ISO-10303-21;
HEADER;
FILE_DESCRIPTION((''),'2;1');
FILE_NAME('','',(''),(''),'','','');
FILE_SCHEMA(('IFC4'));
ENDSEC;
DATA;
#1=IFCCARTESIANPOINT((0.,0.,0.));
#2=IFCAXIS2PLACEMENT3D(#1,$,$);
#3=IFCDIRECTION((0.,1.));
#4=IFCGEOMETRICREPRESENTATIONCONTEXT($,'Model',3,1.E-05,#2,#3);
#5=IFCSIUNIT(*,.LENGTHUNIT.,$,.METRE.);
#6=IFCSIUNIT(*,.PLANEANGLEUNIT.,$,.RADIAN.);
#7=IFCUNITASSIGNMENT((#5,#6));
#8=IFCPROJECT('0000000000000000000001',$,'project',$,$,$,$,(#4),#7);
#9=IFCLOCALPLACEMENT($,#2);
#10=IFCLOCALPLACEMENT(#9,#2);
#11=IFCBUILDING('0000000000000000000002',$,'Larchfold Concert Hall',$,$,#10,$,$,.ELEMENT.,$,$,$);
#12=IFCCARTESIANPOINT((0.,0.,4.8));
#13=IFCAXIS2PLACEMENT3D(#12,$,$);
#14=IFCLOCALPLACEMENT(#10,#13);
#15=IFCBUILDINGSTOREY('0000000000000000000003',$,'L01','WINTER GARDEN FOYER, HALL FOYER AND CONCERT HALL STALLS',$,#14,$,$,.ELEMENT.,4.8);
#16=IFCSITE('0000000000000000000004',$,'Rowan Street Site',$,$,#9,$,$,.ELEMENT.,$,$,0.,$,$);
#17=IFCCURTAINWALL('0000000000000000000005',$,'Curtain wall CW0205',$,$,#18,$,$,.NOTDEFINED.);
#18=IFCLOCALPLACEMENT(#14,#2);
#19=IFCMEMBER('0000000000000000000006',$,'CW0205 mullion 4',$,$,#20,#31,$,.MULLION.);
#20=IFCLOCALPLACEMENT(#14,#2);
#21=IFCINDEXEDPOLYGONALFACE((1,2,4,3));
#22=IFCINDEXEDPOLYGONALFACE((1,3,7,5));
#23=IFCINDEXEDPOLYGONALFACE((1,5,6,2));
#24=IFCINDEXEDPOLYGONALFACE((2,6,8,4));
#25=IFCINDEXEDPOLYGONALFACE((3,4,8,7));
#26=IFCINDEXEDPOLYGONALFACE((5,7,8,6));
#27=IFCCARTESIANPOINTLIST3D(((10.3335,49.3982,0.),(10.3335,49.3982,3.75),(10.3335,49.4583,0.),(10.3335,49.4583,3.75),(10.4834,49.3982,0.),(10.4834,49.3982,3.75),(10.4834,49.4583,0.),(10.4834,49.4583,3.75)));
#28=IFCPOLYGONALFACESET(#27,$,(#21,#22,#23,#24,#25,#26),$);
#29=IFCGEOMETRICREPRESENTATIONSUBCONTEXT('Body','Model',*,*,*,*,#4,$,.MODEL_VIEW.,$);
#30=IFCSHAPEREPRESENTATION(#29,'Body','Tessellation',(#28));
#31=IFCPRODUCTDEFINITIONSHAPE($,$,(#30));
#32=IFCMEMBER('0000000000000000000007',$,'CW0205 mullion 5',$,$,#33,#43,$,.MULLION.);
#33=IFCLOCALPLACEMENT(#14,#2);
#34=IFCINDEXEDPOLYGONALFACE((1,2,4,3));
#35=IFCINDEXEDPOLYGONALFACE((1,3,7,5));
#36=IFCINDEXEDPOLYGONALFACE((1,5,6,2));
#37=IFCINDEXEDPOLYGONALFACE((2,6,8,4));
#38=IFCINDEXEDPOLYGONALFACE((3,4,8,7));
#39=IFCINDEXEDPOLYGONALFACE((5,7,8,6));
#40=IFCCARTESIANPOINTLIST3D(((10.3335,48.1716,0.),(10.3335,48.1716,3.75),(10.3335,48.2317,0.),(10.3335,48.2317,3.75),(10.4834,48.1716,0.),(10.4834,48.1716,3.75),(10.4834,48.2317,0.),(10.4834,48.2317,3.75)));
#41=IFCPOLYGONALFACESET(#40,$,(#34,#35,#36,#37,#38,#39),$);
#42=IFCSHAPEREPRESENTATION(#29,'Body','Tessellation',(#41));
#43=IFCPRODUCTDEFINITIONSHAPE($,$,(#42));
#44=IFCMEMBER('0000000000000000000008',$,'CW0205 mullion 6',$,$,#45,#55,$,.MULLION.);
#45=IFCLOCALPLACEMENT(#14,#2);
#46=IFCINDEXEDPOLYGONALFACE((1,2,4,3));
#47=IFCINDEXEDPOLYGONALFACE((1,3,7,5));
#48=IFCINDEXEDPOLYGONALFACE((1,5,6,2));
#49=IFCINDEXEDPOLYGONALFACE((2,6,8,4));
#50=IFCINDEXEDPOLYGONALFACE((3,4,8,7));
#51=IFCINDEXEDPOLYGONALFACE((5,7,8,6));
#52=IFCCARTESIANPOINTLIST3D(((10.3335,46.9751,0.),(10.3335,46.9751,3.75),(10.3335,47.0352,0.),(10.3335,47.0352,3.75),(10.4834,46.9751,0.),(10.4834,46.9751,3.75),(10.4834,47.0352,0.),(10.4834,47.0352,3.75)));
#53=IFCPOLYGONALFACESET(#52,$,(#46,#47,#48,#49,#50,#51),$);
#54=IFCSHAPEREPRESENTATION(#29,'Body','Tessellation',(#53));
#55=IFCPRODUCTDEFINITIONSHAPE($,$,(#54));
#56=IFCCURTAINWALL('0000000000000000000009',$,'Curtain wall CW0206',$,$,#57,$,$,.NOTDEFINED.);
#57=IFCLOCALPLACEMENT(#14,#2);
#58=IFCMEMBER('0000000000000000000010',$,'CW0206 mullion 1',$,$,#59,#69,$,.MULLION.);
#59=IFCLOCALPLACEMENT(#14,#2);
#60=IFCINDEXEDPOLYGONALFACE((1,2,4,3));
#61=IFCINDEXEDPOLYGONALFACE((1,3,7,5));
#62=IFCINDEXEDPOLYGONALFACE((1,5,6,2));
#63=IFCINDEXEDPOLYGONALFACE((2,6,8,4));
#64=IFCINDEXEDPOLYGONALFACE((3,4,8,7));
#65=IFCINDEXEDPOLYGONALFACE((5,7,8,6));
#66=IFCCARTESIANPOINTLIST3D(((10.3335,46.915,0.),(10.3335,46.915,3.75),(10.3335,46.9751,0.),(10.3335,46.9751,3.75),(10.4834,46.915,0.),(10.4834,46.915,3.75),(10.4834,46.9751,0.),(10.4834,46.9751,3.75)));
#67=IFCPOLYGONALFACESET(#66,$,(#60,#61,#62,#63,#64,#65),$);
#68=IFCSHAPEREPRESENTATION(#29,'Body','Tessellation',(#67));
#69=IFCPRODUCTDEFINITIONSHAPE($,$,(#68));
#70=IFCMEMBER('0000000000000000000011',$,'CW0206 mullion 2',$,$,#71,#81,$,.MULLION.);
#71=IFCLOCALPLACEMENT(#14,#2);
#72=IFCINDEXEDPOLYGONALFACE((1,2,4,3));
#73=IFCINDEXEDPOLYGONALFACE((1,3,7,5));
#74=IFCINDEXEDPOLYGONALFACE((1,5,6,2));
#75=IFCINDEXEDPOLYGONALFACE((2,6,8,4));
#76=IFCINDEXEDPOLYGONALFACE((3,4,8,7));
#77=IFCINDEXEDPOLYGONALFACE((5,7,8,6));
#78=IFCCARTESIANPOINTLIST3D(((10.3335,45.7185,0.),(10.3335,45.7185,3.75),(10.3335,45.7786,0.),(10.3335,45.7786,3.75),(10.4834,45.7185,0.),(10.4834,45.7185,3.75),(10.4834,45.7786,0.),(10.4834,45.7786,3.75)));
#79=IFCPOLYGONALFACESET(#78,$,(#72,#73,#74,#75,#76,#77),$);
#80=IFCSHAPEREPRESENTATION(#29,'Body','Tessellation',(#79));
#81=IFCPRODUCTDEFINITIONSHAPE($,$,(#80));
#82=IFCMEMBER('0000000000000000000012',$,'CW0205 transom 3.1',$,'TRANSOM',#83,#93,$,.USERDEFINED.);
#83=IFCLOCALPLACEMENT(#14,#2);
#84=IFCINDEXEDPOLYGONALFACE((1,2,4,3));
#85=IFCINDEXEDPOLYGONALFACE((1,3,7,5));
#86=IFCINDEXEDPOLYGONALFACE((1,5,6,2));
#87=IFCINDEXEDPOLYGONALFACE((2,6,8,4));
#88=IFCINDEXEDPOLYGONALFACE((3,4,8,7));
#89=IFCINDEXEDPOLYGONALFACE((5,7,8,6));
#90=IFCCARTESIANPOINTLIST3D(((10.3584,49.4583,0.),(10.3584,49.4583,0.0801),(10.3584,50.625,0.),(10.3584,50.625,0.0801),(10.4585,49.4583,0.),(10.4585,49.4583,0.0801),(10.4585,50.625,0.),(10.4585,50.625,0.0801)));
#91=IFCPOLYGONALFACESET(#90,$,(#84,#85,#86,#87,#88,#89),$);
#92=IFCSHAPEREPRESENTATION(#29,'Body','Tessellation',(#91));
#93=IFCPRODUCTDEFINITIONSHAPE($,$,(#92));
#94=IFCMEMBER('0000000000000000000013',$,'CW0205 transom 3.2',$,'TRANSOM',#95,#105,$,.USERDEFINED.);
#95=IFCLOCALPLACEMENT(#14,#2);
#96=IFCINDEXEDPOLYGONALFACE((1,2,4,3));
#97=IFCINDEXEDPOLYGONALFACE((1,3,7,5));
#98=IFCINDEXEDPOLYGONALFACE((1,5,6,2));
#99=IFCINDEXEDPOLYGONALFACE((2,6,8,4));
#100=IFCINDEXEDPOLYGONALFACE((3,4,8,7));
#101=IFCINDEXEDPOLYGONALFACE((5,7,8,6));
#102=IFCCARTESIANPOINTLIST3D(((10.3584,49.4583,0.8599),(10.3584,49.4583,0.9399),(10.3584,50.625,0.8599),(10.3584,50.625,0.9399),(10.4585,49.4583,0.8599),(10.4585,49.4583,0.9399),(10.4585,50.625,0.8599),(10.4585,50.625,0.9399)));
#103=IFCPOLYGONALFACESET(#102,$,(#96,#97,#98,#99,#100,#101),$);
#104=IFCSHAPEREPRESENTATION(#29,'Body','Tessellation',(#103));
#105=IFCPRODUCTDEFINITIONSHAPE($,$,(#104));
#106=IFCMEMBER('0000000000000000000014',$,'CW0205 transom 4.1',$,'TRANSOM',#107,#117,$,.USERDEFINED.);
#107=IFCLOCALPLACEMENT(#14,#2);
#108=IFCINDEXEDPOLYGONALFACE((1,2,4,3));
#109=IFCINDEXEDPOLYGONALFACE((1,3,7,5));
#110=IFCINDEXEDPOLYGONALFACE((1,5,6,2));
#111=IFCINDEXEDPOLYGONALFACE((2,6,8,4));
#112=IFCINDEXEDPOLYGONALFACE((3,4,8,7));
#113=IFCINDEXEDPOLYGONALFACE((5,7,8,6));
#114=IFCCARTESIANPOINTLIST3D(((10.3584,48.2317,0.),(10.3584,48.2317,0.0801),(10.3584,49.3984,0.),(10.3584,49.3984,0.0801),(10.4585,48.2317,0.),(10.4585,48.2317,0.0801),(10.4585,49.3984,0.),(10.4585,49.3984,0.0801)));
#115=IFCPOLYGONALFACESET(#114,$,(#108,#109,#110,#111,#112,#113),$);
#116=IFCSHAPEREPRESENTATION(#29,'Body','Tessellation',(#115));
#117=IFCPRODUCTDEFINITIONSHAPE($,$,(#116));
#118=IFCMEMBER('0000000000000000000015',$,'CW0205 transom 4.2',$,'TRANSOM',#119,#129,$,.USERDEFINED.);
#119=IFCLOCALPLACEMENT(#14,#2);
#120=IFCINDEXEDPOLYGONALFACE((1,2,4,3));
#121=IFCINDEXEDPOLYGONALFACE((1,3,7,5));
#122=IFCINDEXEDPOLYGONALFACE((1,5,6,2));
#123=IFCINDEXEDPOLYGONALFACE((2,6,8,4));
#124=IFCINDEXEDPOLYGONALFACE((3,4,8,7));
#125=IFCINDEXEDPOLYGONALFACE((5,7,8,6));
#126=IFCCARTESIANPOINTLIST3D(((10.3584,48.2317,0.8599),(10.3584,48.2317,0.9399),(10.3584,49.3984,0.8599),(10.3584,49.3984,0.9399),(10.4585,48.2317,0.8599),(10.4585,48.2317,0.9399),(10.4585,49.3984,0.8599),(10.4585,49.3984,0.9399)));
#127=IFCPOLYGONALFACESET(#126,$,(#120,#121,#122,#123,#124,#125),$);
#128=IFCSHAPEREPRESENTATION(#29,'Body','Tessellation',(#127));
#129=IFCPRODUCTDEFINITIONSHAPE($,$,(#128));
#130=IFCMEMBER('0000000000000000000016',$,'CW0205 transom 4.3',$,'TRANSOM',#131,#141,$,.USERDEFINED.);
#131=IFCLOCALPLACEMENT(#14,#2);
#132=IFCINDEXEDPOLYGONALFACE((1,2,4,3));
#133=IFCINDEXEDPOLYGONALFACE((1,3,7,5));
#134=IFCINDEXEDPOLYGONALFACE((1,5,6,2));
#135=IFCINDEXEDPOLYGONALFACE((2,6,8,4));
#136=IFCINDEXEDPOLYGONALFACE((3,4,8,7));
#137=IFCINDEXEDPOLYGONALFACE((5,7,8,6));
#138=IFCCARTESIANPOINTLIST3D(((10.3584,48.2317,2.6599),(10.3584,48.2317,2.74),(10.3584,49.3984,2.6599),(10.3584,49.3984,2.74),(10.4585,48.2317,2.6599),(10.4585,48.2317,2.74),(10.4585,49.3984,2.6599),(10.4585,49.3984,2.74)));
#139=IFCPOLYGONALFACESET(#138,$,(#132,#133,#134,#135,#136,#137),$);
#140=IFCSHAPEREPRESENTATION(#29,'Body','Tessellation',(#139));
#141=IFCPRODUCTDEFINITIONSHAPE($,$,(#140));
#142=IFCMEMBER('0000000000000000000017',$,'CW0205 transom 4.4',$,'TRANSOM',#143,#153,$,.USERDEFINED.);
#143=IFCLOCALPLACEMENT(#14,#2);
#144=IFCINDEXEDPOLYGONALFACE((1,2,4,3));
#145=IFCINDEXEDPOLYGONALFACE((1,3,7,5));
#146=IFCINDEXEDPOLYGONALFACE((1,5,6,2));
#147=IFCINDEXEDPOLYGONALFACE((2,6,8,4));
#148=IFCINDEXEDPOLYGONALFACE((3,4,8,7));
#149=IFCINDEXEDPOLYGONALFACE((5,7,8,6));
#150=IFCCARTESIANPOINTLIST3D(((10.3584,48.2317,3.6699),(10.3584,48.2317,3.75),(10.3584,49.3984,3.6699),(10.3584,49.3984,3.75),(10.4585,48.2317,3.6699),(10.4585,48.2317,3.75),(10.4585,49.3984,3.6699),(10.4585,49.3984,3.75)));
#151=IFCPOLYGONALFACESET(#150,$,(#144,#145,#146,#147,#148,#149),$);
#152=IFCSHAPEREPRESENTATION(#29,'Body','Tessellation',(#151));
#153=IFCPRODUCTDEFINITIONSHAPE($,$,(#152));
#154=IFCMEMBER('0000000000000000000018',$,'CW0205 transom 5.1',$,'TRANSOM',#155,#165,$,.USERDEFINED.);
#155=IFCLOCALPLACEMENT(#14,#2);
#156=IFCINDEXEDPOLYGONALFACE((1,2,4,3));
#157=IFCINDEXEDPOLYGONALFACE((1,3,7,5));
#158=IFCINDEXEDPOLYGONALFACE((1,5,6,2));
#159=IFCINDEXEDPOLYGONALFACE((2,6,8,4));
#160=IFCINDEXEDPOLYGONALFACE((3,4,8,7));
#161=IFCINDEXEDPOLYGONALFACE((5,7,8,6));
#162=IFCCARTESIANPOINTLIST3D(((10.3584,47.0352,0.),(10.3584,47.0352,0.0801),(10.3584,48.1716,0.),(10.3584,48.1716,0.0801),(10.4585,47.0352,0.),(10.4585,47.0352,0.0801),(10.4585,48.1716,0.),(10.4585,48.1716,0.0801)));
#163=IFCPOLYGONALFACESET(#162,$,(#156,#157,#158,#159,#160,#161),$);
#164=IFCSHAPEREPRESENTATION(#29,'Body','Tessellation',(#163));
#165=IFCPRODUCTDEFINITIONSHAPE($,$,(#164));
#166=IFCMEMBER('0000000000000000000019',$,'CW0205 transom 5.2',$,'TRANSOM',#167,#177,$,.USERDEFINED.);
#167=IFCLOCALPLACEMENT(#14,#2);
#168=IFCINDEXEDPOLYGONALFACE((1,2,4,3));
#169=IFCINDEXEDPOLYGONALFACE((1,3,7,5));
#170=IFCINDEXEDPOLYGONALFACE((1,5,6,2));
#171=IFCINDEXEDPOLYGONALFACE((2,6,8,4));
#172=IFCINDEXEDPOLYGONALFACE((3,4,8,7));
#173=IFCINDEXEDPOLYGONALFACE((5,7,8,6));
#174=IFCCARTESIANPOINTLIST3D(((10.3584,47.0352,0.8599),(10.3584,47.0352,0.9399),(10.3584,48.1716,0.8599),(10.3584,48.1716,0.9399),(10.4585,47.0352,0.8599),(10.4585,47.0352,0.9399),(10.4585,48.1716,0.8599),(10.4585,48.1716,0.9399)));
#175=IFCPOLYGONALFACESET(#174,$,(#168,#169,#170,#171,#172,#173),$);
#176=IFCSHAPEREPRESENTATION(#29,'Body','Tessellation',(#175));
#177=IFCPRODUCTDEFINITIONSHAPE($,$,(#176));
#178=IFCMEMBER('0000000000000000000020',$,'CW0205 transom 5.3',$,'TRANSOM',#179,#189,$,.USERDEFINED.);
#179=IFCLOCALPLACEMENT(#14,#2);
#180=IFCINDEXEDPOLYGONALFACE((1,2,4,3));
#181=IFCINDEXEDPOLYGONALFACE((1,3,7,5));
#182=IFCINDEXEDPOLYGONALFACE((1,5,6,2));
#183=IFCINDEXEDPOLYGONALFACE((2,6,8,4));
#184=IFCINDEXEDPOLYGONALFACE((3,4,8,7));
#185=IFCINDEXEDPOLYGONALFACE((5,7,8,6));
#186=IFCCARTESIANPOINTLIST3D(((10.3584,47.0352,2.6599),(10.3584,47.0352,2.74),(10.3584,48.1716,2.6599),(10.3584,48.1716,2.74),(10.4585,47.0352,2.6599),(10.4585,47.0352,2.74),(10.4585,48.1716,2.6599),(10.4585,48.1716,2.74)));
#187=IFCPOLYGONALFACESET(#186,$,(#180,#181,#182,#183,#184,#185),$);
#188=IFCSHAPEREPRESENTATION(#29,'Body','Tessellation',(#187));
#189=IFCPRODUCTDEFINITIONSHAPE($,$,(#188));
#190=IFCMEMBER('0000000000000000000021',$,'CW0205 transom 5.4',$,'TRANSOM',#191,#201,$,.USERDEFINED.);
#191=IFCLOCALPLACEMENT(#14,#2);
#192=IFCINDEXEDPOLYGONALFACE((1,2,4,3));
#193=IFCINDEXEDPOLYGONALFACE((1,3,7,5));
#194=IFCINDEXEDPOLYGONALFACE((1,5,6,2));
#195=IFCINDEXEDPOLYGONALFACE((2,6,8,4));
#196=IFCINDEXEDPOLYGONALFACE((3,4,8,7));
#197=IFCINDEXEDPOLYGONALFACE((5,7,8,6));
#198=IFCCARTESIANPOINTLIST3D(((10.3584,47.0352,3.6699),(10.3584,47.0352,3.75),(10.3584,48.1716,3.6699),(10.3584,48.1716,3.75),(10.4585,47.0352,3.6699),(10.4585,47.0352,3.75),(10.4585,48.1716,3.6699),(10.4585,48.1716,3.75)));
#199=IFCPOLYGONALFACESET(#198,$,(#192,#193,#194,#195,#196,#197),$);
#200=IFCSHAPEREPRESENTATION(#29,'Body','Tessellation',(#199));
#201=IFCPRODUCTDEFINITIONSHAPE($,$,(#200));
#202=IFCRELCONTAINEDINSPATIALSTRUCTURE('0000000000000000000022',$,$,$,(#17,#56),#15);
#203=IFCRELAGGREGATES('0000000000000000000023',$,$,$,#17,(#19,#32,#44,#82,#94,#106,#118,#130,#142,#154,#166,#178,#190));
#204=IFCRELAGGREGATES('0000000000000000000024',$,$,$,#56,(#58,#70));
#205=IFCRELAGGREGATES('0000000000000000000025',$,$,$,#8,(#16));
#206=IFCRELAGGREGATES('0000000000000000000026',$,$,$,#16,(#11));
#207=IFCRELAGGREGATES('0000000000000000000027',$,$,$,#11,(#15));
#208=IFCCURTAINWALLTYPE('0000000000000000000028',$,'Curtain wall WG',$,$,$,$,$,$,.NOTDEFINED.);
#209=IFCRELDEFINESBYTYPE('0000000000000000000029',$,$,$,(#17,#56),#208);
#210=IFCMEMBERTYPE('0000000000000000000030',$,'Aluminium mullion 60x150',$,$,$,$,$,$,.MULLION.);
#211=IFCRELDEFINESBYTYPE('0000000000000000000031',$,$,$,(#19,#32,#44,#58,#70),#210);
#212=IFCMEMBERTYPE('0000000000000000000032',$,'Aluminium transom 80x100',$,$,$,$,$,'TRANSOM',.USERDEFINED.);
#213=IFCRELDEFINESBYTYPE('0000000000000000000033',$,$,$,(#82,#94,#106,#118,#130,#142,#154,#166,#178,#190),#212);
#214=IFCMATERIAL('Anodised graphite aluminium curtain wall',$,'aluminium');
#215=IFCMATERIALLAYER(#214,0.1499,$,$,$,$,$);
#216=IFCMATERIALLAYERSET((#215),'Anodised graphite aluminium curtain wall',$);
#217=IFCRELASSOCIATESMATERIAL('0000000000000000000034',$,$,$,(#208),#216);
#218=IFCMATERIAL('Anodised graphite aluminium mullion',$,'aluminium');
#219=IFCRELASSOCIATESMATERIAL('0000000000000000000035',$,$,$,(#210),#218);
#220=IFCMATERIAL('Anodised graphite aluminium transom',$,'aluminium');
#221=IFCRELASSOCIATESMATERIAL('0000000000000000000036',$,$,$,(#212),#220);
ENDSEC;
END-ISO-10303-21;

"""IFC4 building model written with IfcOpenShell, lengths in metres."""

from ifc_helpers import new_model, si_unit, direction, frame, origin, origin_2d, place, context, subcontext, project, spatial, rectangle, extrude, material, layer, layer_set, material_profile, profile_set, type_object, element, aggregate, save


model = new_model("IFC4")

# Units and contexts
model_context = context("Model", 3, precision=1e-05, world=origin(), true_north=direction((0.0, 1.0)))
body_context = subcontext(model_context, "Body", "Model", "MODEL_VIEW")
ifc_project = project(units=[si_unit("LENGTHUNIT", "METRE"), si_unit("PLANEANGLEUNIT", "RADIAN")], contexts=[model_context])

# Site, building, storey
site_placement = place(None, origin())
site = spatial("IfcSite", under=ifc_project, at=site_placement, Name="Rowan Street Site", CompositionType="ELEMENT", RefElevation=0.0)
building_placement = place(site_placement, origin())
building = spatial("IfcBuilding", under=site, at=building_placement, Name="Larchfold Concert Hall", CompositionType="ELEMENT")
storey_placement = place(building_placement, frame((0.0, 0.0, 4.8)))
storey = spatial("IfcBuildingStorey", under=building, at=storey_placement, Name="L01", Description="WINTER GARDEN FOYER, HALL FOYER AND CONCERT HALL STALLS", CompositionType="ELEMENT", Elevation=4.8)

# Curtain walls, members
ifc_material_1 = material(Name="Anodised graphite aluminium curtain wall", Category="aluminium")
ifc_layer_1 = layer(ifc_material_1, 0.1499)
ifc_layer_set_1 = layer_set([ifc_layer_1], Name="Anodised graphite aluminium curtain wall")
curtain_wall_type = type_object("IfcCurtainWallType", Name="Curtain wall WG", PredefinedType="NOTDEFINED", material=ifc_layer_set_1)
curtain_wall_1_placement = place(storey_placement, origin())
curtain_wall_1 = element("IfcCurtainWall", 1, at=curtain_wall_1_placement, inside=storey, type_object=curtain_wall_type, Name="Curtain wall CW0205", PredefinedType="NOTDEFINED")
ifc_material_2 = material(Name="Anodised graphite aluminium mullion", Category="aluminium")
ifc_material_profile_1 = material_profile(ifc_material_2, rectangle(XDim=0.1499, YDim=0.0601, at=origin_2d()))
ifc_profile_set_1 = profile_set([ifc_material_profile_1], Name="Anodised graphite aluminium mullion")
member_type_1 = type_object("IfcMemberType", Name="Aluminium mullion 60x150", PredefinedType="MULLION", material=ifc_profile_set_1)
member_1_placement = place(storey_placement, frame((10.4084, 49.4282, 0.0), z_axis=(0.0, 0.0, 1.0), x_axis=(1.0, 0.0, 0.0)))
member_1 = element("IfcMember", 2, at=member_1_placement, type_object=member_type_1, Name="CW0205 mullion 4", PredefinedType="MULLION", context=body_context, shape_type="SweptSolid", body=[
    extrude(rectangle(XDim=0.1499, YDim=0.0601, at=origin_2d()), origin(), (0.0, 0.0, 1.0), 3.75),
])
member_2_placement = place(storey_placement, frame((10.4084, 48.2017, 0.0), z_axis=(0.0, 0.0, 1.0), x_axis=(1.0, 0.0, 0.0)))
member_2 = element("IfcMember", 3, at=member_2_placement, type_object=member_type_1, Name="CW0205 mullion 5", PredefinedType="MULLION", context=body_context, shape_type="SweptSolid", body=[
    extrude(rectangle(XDim=0.1499, YDim=0.0601, at=origin_2d()), origin(), (0.0, 0.0, 1.0), 3.75),
])
member_3_placement = place(storey_placement, frame((10.4084, 47.0051, 0.0), z_axis=(0.0, 0.0, 1.0), x_axis=(1.0, 0.0, 0.0)))
member_3 = element("IfcMember", 4, at=member_3_placement, type_object=member_type_1, Name="CW0205 mullion 6", PredefinedType="MULLION", context=body_context, shape_type="SweptSolid", body=[
    extrude(rectangle(XDim=0.1499, YDim=0.0601, at=origin_2d()), origin(), (0.0, 0.0, 1.0), 3.75),
])
curtain_wall_2_placement = place(storey_placement, origin())
curtain_wall_2 = element("IfcCurtainWall", 5, at=curtain_wall_2_placement, inside=storey, type_object=curtain_wall_type, Name="Curtain wall CW0206", PredefinedType="NOTDEFINED")
member_4_placement = place(storey_placement, frame((10.4084, 46.9451, 0.0), z_axis=(0.0, 0.0, 1.0), x_axis=(1.0, 0.0, 0.0)))
member_4 = element("IfcMember", 6, at=member_4_placement, type_object=member_type_1, Name="CW0206 mullion 1", PredefinedType="MULLION", context=body_context, shape_type="SweptSolid", body=[
    extrude(rectangle(XDim=0.1499, YDim=0.0601, at=origin_2d()), origin(), (0.0, 0.0, 1.0), 3.75),
])
member_5_placement = place(storey_placement, frame((10.4084, 45.7485, 0.0), z_axis=(0.0, 0.0, 1.0), x_axis=(1.0, 0.0, 0.0)))
member_5 = element("IfcMember", 7, at=member_5_placement, type_object=member_type_1, Name="CW0206 mullion 2", PredefinedType="MULLION", context=body_context, shape_type="SweptSolid", body=[
    extrude(rectangle(XDim=0.1499, YDim=0.0601, at=origin_2d()), origin(), (0.0, 0.0, 1.0), 3.75),
])

# Members
ifc_material_3 = material(Name="Anodised graphite aluminium transom", Category="aluminium")
ifc_material_profile_2 = material_profile(ifc_material_3, rectangle(XDim=0.1001, YDim=0.0801, at=origin_2d()))
ifc_profile_set_2 = profile_set([ifc_material_profile_2], Name="Anodised graphite aluminium transom")
member_type_2 = type_object("IfcMemberType", Name="Aluminium transom 80x100", ElementType="TRANSOM", PredefinedType="USERDEFINED", material=ifc_profile_set_2)
member_6_placement = place(storey_placement, frame((10.4084, 50.625, 0.04), z_axis=(0.0, -1.0, 0.0), x_axis=(1.0, 0.0, 0.0)))
member_6 = element("IfcMember", 8, at=member_6_placement, type_object=member_type_2, Name="CW0205 transom 3.1", ObjectType="TRANSOM", PredefinedType="USERDEFINED", context=body_context, shape_type="SweptSolid", body=[
    extrude(rectangle(XDim=0.1001, YDim=0.0801, at=origin_2d()), origin(), (0.0, 0.0, 1.0), 1.1667),
])
member_7_placement = place(storey_placement, frame((10.4084, 50.625, 0.8999), z_axis=(0.0, -1.0, 0.0), x_axis=(1.0, 0.0, 0.0)))
member_7 = element("IfcMember", 9, at=member_7_placement, type_object=member_type_2, Name="CW0205 transom 3.2", ObjectType="TRANSOM", PredefinedType="USERDEFINED", context=body_context, shape_type="SweptSolid", body=[
    extrude(rectangle(XDim=0.1001, YDim=0.0801, at=origin_2d()), origin(), (0.0, 0.0, 1.0), 1.1667),
])
member_8_placement = place(storey_placement, frame((10.4084, 49.3984, 0.04), z_axis=(0.0, -1.0, 0.0), x_axis=(1.0, 0.0, 0.0)))
member_8 = element("IfcMember", 10, at=member_8_placement, type_object=member_type_2, Name="CW0205 transom 4.1", ObjectType="TRANSOM", PredefinedType="USERDEFINED", context=body_context, shape_type="SweptSolid", body=[
    extrude(rectangle(XDim=0.1001, YDim=0.0801, at=origin_2d()), origin(), (0.0, 0.0, 1.0), 1.1667),
])
member_9_placement = place(storey_placement, frame((10.4084, 49.3984, 0.8999), z_axis=(0.0, -1.0, 0.0), x_axis=(1.0, 0.0, 0.0)))
member_9 = element("IfcMember", 11, at=member_9_placement, type_object=member_type_2, Name="CW0205 transom 4.2", ObjectType="TRANSOM", PredefinedType="USERDEFINED", context=body_context, shape_type="SweptSolid", body=[
    extrude(rectangle(XDim=0.1001, YDim=0.0801, at=origin_2d()), origin(), (0.0, 0.0, 1.0), 1.1667),
])
member_10_placement = place(storey_placement, frame((10.4084, 49.3984, 2.7), z_axis=(0.0, -1.0, 0.0), x_axis=(1.0, 0.0, 0.0)))
member_10 = element("IfcMember", 12, at=member_10_placement, type_object=member_type_2, Name="CW0205 transom 4.3", ObjectType="TRANSOM", PredefinedType="USERDEFINED", context=body_context, shape_type="SweptSolid", body=[
    extrude(rectangle(XDim=0.1001, YDim=0.0801, at=origin_2d()), origin(), (0.0, 0.0, 1.0), 1.1667),
])
member_11_placement = place(storey_placement, frame((10.4084, 49.3984, 3.71), z_axis=(0.0, -1.0, 0.0), x_axis=(1.0, 0.0, 0.0)))
member_11 = element("IfcMember", 13, at=member_11_placement, type_object=member_type_2, Name="CW0205 transom 4.4", ObjectType="TRANSOM", PredefinedType="USERDEFINED", context=body_context, shape_type="SweptSolid", body=[
    extrude(rectangle(XDim=0.1001, YDim=0.0801, at=origin_2d()), origin(), (0.0, 0.0, 1.0), 1.1667),
])
member_12_placement = place(storey_placement, frame((10.4084, 48.1716, 0.04), z_axis=(0.0, -1.0, 0.0), x_axis=(1.0, 0.0, 0.0)))
member_12 = element("IfcMember", 14, at=member_12_placement, type_object=member_type_2, Name="CW0205 transom 5.1", ObjectType="TRANSOM", PredefinedType="USERDEFINED", context=body_context, shape_type="SweptSolid", body=[
    extrude(rectangle(XDim=0.1001, YDim=0.0801, at=origin_2d()), origin(), (0.0, 0.0, 1.0), 1.1365),
])
member_13_placement = place(storey_placement, frame((10.4084, 48.1716, 0.8999), z_axis=(0.0, -1.0, 0.0), x_axis=(1.0, 0.0, 0.0)))
member_13 = element("IfcMember", 15, at=member_13_placement, type_object=member_type_2, Name="CW0205 transom 5.2", ObjectType="TRANSOM", PredefinedType="USERDEFINED", context=body_context, shape_type="SweptSolid", body=[
    extrude(rectangle(XDim=0.1001, YDim=0.0801, at=origin_2d()), origin(), (0.0, 0.0, 1.0), 1.1365),
])
member_14_placement = place(storey_placement, frame((10.4084, 48.1716, 2.7), z_axis=(0.0, -1.0, 0.0), x_axis=(1.0, 0.0, 0.0)))
member_14 = element("IfcMember", 16, at=member_14_placement, type_object=member_type_2, Name="CW0205 transom 5.3", ObjectType="TRANSOM", PredefinedType="USERDEFINED", context=body_context, shape_type="SweptSolid", body=[
    extrude(rectangle(XDim=0.1001, YDim=0.0801, at=origin_2d()), origin(), (0.0, 0.0, 1.0), 1.1365),
])
member_15_placement = place(storey_placement, frame((10.4084, 48.1716, 3.71), z_axis=(0.0, -1.0, 0.0), x_axis=(1.0, 0.0, 0.0)))
member_15 = element("IfcMember", 17, at=member_15_placement, type_object=member_type_2, Name="CW0205 transom 5.4", ObjectType="TRANSOM", PredefinedType="USERDEFINED", context=body_context, shape_type="SweptSolid", body=[
    extrude(rectangle(XDim=0.1001, YDim=0.0801, at=origin_2d()), origin(), (0.0, 0.0, 1.0), 1.1365),
])

aggregate(curtain_wall_1, [member_1, member_2, member_3, member_6, member_7, member_8, member_9, member_10, member_11, member_12, member_13, member_14, member_15])
aggregate(curtain_wall_2, [member_4, member_5])

save(model, "model.ifc")
